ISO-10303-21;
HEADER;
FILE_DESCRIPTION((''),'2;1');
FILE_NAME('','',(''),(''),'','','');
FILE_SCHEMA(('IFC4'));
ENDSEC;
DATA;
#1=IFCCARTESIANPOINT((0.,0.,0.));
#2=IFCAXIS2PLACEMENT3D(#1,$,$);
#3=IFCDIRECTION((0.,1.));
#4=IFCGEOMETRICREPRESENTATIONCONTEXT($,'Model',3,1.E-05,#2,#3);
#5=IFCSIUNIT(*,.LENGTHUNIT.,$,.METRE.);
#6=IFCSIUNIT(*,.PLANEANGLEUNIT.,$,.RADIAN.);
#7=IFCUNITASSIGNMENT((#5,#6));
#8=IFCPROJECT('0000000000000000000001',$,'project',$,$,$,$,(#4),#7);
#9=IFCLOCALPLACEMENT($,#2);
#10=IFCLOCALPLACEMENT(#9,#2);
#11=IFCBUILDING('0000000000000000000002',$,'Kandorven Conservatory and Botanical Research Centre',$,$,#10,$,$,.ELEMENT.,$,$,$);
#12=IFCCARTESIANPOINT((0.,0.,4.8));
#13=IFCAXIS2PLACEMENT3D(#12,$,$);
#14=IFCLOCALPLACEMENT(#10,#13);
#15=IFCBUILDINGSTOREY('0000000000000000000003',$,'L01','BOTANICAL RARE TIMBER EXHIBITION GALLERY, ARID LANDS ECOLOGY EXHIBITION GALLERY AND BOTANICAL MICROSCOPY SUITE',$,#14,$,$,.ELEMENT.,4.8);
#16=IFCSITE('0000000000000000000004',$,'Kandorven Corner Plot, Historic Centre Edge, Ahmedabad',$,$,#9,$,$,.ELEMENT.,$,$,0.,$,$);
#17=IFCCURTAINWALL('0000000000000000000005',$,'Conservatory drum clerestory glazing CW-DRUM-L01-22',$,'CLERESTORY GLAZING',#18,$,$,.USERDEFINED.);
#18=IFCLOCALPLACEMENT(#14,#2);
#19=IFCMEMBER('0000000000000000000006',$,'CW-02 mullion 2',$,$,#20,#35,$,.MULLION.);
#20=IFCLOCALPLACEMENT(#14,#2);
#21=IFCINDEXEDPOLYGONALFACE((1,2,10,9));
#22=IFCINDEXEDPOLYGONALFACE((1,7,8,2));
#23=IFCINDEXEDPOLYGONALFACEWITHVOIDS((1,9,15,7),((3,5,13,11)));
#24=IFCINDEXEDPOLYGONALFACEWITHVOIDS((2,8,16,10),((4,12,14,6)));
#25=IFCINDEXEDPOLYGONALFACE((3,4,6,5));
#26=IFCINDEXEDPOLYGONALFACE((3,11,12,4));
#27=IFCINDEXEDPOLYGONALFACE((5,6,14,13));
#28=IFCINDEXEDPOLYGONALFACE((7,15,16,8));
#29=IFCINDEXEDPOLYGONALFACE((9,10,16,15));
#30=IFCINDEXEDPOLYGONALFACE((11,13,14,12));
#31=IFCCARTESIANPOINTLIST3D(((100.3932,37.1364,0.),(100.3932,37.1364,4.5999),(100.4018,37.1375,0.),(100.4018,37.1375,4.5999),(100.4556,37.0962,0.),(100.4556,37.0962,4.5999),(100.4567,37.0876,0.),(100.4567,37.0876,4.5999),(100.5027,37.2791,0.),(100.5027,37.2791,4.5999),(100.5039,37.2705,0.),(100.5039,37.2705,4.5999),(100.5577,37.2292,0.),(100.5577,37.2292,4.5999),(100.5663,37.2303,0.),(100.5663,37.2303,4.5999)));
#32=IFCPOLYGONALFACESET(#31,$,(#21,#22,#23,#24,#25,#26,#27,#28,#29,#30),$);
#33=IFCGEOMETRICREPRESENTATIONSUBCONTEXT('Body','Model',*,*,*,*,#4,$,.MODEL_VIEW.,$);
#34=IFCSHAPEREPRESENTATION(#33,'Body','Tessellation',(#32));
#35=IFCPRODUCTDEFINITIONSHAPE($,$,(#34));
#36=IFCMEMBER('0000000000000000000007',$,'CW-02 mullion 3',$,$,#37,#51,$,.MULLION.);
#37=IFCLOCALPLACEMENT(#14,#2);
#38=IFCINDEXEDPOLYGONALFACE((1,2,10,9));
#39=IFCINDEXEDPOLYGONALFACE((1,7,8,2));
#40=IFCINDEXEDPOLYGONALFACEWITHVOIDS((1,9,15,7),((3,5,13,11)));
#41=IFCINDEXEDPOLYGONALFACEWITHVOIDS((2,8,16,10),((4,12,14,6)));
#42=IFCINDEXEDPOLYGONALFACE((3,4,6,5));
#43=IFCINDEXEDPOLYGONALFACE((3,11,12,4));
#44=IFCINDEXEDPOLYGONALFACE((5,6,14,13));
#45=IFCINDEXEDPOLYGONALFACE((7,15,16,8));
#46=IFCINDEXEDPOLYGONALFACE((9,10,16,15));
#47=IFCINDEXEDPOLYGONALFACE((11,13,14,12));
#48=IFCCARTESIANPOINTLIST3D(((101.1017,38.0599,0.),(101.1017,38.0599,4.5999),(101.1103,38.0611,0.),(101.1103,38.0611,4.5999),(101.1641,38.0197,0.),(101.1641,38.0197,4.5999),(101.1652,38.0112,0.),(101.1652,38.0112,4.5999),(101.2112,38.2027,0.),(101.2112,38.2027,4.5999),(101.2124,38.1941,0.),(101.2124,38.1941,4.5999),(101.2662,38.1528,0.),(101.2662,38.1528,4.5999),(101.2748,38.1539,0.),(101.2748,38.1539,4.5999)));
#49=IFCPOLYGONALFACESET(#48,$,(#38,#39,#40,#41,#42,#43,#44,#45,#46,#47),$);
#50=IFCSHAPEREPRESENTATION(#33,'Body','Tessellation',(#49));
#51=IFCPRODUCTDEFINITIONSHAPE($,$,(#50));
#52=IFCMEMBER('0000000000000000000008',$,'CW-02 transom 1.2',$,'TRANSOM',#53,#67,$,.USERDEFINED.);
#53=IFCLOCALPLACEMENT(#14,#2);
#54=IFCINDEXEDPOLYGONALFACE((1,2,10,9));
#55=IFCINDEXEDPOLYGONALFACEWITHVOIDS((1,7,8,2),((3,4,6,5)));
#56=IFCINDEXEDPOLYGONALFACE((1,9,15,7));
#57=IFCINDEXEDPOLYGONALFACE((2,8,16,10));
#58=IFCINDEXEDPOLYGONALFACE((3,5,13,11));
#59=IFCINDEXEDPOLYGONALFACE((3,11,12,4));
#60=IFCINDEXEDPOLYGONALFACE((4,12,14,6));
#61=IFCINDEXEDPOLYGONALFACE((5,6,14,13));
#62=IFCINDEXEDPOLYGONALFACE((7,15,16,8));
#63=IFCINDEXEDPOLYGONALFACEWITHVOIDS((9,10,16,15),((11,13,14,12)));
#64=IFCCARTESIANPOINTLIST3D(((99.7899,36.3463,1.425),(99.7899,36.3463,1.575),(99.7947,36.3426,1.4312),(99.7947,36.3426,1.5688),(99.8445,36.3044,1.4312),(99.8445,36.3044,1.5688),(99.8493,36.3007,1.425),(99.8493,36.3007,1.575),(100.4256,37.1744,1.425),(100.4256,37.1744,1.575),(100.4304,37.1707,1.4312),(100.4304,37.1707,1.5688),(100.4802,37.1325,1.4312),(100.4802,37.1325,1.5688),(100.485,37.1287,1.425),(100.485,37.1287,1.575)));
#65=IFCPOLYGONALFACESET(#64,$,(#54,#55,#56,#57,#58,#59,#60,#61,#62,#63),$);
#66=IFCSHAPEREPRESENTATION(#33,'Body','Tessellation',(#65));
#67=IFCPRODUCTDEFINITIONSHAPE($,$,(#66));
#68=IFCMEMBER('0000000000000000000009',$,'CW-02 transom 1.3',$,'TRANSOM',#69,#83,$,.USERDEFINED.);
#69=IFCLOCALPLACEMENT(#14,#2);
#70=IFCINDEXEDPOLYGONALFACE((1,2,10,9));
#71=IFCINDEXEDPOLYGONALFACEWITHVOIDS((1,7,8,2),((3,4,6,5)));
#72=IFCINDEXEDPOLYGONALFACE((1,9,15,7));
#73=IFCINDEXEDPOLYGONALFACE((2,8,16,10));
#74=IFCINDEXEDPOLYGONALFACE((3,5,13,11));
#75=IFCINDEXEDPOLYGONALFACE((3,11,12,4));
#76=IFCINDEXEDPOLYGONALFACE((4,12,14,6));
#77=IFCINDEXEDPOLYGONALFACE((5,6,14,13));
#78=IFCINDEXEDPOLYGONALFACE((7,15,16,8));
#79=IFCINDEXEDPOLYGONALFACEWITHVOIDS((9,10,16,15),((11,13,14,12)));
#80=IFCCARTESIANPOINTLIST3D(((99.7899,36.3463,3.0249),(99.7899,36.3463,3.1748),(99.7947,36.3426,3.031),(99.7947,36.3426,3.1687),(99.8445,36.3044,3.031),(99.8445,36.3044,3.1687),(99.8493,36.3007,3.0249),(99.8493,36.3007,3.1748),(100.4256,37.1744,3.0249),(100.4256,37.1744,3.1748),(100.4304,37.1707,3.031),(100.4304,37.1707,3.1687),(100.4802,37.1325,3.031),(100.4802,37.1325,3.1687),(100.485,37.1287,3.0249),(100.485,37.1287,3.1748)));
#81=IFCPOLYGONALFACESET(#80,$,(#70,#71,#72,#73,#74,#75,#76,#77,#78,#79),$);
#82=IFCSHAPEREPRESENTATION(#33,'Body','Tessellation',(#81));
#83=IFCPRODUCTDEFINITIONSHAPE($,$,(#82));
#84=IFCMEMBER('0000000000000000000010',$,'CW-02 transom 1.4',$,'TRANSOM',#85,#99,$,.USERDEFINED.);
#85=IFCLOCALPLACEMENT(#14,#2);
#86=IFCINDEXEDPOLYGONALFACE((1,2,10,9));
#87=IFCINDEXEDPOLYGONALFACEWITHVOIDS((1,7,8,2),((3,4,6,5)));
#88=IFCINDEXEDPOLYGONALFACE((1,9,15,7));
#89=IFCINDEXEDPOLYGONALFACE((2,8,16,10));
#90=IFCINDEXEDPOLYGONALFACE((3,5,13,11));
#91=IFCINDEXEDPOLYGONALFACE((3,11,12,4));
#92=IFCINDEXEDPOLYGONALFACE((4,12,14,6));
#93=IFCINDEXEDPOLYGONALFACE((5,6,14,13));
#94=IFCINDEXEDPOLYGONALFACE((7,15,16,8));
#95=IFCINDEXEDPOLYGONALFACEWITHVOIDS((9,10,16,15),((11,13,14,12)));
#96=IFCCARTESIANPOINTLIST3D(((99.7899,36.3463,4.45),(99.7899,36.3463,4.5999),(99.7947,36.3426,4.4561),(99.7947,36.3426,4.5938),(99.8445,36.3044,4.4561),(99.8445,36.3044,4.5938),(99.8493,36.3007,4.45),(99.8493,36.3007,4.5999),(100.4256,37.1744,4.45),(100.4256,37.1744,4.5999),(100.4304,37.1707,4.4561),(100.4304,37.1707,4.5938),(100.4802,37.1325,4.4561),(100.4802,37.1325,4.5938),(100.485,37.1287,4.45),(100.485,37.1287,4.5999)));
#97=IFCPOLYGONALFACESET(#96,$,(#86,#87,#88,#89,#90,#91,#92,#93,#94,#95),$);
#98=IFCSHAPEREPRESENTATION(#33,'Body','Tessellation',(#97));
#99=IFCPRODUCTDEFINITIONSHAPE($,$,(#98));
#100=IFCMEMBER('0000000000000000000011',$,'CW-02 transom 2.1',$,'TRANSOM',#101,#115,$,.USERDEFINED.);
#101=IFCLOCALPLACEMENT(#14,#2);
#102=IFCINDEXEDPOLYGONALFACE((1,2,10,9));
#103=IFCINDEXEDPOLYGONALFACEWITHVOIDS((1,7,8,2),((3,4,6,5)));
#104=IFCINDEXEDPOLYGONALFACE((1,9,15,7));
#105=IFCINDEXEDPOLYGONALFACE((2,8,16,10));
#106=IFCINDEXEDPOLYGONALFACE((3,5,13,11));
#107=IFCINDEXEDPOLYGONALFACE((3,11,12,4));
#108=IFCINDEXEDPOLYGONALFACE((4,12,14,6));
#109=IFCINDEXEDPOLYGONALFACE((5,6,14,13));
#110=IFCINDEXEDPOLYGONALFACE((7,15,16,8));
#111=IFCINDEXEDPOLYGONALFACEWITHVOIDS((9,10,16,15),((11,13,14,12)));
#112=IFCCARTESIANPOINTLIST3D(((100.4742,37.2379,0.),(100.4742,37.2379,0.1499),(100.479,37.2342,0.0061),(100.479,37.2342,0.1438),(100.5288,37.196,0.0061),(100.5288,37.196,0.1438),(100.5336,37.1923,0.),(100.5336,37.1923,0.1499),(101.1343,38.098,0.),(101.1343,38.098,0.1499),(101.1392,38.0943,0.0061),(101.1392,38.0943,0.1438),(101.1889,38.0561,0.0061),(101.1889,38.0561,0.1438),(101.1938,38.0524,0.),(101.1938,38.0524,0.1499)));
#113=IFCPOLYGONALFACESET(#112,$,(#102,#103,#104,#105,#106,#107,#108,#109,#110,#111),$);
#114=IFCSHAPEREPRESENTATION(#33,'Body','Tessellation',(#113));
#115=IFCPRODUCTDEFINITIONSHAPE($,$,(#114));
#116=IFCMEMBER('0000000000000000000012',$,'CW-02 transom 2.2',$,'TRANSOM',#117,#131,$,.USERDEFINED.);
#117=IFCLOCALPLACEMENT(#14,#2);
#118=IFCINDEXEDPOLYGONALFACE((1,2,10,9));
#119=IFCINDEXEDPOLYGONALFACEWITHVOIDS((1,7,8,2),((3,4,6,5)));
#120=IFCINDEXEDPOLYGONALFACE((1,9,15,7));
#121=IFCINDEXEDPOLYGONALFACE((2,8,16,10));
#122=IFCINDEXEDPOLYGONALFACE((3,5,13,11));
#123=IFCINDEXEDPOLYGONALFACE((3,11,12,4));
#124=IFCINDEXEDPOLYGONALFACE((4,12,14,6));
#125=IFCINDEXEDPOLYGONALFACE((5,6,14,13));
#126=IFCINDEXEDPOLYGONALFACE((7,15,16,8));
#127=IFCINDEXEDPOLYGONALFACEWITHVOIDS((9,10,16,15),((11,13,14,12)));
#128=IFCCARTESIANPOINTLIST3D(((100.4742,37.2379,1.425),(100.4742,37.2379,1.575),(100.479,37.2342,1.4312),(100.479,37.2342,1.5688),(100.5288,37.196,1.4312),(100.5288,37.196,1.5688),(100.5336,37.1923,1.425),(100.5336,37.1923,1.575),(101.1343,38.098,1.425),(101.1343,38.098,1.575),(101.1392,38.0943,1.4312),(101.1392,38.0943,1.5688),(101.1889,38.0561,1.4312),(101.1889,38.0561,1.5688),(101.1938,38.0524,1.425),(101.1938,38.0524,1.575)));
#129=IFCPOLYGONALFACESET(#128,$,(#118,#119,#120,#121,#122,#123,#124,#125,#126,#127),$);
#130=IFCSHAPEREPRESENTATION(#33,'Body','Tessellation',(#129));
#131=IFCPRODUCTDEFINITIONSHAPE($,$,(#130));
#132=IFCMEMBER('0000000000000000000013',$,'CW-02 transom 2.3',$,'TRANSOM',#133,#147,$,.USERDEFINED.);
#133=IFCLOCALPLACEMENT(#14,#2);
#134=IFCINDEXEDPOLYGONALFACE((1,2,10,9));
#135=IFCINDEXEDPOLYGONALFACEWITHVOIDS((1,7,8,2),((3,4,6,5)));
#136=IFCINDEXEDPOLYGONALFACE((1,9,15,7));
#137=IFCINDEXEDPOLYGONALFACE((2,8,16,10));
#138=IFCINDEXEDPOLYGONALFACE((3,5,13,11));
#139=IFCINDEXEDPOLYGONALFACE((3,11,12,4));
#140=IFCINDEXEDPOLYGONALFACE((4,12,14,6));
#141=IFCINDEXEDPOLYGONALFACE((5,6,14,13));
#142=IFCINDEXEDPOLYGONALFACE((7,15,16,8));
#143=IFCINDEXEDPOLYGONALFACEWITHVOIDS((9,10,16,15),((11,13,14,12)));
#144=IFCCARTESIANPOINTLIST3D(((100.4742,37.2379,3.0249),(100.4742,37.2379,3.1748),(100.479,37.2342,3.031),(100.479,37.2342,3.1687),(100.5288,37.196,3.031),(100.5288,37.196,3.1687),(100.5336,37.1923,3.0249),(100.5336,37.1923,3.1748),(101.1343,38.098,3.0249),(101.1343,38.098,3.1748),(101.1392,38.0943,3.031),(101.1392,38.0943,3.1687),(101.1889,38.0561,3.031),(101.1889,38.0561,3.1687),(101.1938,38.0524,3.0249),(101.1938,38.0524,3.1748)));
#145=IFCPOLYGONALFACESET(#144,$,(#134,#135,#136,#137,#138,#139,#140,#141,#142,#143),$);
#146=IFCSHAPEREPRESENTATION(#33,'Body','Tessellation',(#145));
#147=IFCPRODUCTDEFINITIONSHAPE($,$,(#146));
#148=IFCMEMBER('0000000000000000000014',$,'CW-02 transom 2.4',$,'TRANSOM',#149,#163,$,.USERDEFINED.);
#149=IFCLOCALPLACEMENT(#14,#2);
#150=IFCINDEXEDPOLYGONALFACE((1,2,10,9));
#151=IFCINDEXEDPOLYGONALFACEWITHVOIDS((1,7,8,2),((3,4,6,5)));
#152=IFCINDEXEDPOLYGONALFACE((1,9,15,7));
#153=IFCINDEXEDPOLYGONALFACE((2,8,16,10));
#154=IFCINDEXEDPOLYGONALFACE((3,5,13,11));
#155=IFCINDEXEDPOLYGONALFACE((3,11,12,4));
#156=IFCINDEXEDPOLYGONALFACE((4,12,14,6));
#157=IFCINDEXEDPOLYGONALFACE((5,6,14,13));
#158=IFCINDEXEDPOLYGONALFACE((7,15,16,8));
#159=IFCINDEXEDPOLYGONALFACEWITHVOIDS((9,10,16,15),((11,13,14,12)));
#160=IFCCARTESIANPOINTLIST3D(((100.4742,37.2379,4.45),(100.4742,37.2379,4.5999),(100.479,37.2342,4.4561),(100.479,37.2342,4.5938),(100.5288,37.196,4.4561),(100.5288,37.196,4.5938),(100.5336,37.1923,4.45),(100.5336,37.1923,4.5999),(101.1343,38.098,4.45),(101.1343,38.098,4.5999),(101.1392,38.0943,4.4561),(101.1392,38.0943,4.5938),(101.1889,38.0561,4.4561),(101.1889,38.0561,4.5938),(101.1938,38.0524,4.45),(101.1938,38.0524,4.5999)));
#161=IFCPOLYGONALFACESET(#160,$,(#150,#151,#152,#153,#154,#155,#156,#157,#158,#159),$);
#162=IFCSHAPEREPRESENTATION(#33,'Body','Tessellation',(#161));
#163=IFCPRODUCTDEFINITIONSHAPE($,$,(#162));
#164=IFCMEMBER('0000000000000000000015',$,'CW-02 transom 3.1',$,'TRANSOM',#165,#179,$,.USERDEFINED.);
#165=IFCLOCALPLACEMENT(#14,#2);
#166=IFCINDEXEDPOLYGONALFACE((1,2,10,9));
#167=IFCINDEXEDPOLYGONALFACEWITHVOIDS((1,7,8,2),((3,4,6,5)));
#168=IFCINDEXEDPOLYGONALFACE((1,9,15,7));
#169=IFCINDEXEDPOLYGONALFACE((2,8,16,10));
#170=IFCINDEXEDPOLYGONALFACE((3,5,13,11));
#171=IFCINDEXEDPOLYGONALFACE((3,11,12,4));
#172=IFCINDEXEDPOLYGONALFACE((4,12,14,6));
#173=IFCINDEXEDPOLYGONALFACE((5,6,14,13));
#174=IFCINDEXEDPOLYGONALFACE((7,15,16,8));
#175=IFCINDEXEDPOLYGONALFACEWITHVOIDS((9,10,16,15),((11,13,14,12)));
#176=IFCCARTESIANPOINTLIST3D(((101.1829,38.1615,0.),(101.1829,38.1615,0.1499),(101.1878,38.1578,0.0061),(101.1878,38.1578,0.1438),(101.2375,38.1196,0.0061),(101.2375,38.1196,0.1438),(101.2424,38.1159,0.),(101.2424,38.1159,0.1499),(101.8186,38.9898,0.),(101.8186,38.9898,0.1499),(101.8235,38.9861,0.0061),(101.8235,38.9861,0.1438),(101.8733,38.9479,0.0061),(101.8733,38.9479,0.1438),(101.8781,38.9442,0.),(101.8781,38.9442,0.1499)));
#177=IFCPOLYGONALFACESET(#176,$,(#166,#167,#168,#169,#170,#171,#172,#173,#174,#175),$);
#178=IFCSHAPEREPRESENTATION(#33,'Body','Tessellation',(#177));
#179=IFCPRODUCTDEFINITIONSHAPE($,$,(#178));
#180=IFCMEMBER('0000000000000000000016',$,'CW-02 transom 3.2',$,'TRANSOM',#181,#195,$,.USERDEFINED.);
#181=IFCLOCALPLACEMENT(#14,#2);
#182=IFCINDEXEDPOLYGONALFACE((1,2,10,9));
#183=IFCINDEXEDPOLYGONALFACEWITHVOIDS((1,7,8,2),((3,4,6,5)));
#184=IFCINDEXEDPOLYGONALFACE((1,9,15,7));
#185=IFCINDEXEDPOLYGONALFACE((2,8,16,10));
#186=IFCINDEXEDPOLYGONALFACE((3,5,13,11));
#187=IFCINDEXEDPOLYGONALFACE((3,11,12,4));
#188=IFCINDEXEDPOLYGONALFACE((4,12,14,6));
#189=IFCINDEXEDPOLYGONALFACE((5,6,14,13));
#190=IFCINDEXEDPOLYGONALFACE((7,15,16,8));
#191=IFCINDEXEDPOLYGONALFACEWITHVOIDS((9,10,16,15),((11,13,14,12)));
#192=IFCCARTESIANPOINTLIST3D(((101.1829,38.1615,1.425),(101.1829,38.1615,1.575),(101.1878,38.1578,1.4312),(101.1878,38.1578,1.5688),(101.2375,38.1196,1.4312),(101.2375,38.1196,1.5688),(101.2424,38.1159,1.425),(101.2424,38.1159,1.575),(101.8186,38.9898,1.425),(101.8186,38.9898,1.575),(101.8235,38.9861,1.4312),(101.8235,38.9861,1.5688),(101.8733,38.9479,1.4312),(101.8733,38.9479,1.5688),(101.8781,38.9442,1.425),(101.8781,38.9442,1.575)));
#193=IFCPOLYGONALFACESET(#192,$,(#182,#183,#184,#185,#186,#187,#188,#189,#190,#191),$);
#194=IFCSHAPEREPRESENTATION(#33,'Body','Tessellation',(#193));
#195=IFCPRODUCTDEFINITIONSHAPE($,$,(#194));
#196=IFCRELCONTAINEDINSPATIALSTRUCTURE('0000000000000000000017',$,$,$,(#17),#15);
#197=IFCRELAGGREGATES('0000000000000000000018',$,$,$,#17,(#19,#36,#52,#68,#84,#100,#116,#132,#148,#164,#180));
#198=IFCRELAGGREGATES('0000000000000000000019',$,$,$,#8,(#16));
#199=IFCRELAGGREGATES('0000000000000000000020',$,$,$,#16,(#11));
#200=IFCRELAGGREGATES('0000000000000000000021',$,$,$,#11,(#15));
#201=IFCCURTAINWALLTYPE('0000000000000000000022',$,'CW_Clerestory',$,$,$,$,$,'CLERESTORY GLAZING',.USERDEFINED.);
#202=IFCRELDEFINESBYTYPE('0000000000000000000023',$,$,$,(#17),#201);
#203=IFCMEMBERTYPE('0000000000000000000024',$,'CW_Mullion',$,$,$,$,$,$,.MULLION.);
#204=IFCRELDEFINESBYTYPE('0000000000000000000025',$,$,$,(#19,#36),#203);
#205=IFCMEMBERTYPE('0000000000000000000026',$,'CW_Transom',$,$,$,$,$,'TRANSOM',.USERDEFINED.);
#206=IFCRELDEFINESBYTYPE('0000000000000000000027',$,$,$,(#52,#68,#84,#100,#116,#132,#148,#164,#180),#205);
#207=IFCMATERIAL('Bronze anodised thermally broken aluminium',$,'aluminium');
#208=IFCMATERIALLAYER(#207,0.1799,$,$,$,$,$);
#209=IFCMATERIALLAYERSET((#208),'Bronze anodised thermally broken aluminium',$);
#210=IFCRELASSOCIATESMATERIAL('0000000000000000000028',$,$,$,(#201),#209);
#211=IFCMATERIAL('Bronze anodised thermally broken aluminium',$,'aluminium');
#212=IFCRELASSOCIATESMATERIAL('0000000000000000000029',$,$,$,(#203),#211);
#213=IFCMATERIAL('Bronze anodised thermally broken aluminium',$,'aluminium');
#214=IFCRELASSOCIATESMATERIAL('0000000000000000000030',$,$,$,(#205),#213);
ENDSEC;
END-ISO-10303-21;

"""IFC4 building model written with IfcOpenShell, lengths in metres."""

from ifc_helpers import new_model, si_unit, direction, frame, origin, origin_2d, place, context, subcontext, project, spatial, hollow_rectangle, extrude, material, layer, layer_set, material_profile, profile_set, type_object, element, aggregate, save


model = new_model("IFC4")

# Units and contexts
model_context = context("Model", 3, precision=1e-05, world=origin(), true_north=direction((0.0, 1.0)))
body_context = subcontext(model_context, "Body", "Model", "MODEL_VIEW")
ifc_project = project(units=[si_unit("LENGTHUNIT", "METRE"), si_unit("PLANEANGLEUNIT", "RADIAN")], contexts=[model_context])

# Site, building, storey
site_placement = place(None, origin())
site = spatial("IfcSite", under=ifc_project, at=site_placement, Name="Kandorven Corner Plot, Historic Centre Edge, Ahmedabad", CompositionType="ELEMENT", RefElevation=0.0)
building_placement = place(site_placement, origin())
building = spatial("IfcBuilding", under=site, at=building_placement, Name="Kandorven Conservatory and Botanical Research Centre", CompositionType="ELEMENT")
storey_placement = place(building_placement, frame((0.0, 0.0, 4.8)))
storey = spatial("IfcBuildingStorey", under=building, at=storey_placement, Name="L01", Description="BOTANICAL RARE TIMBER EXHIBITION GALLERY, ARID LANDS ECOLOGY EXHIBITION GALLERY AND BOTANICAL MICROSCOPY SUITE", CompositionType="ELEMENT", Elevation=4.8)

# Curtain wall, members
ifc_material_1 = material(Name="Bronze anodised thermally broken aluminium", Category="aluminium")
ifc_layer_1 = layer(ifc_material_1, 0.1799)
ifc_layer_set_1 = layer_set([ifc_layer_1], Name="Bronze anodised thermally broken aluminium")
curtain_wall_type = type_object("IfcCurtainWallType", Name="CW_Clerestory", ElementType="CLERESTORY GLAZING", PredefinedType="USERDEFINED", material=ifc_layer_set_1)
curtain_wall_placement = place(storey_placement, origin())
curtain_wall = element("IfcCurtainWall", 1, at=curtain_wall_placement, inside=storey, type_object=curtain_wall_type, Name="Conservatory drum clerestory glazing CW-DRUM-L01-22", ObjectType="CLERESTORY GLAZING", PredefinedType="USERDEFINED")
ifc_material_2 = material(Name="Bronze anodised thermally broken aluminium", Category="aluminium")
ifc_material_profile_1 = material_profile(ifc_material_2, hollow_rectangle(XDim=0.0801, YDim=0.1799, WallThickness=0.0061, at=origin_2d()))
ifc_profile_set_1 = profile_set([ifc_material_profile_1], Name="Bronze anodised thermally broken aluminium")
member_type_1 = type_object("IfcMemberType", Name="CW_Mullion", PredefinedType="MULLION", material=ifc_profile_set_1)
member_1_placement = place(storey_placement, frame((100.4797, 37.1833, 0.0), z_axis=(0.0, 0.0, 1.0), x_axis=(-0.793347, 0.608769, 0.0)))
member_1 = element("IfcMember", 2, at=member_1_placement, type_object=member_type_1, Name="CW-02 mullion 2", PredefinedType="MULLION", context=body_context, shape_type="SweptSolid", body=[
    extrude(hollow_rectangle(XDim=0.0801, YDim=0.1799, WallThickness=0.0061, at=origin_2d()), origin(), (0.0, 0.0, 1.0), 4.5999),
])
member_2_placement = place(storey_placement, frame((101.1882, 38.1069, 0.0), z_axis=(0.0, 0.0, 1.0), x_axis=(-0.793347, 0.608769, 0.0)))
member_2 = element("IfcMember", 3, at=member_2_placement, type_object=member_type_1, Name="CW-02 mullion 3", PredefinedType="MULLION", context=body_context, shape_type="SweptSolid", body=[
    extrude(hollow_rectangle(XDim=0.0801, YDim=0.1799, WallThickness=0.0061, at=origin_2d()), origin(), (0.0, 0.0, 1.0), 4.5999),
])
ifc_material_3 = material(Name="Bronze anodised thermally broken aluminium", Category="aluminium")
ifc_material_profile_2 = material_profile(ifc_material_3, hollow_rectangle(XDim=0.075, YDim=0.1499, WallThickness=0.0061, at=origin_2d()))
ifc_profile_set_2 = profile_set([ifc_material_profile_2], Name="Bronze anodised thermally broken aluminium")
member_type_2 = type_object("IfcMemberType", Name="CW_Transom", ElementType="TRANSOM", PredefinedType="USERDEFINED", material=ifc_profile_set_2)
member_3_placement = place(storey_placement, frame((99.8196, 36.3235, 1.5), z_axis=(0.608942, 0.793215, 0.0), x_axis=(-0.793215, 0.608942, 0.0)))
member_3 = element("IfcMember", 4, at=member_3_placement, type_object=member_type_2, Name="CW-02 transom 1.2", ObjectType="TRANSOM", PredefinedType="USERDEFINED", context=body_context, shape_type="SweptSolid", body=[
    extrude(hollow_rectangle(XDim=0.075, YDim=0.1499, WallThickness=0.0061, at=origin_2d()), origin(), (0.0, 0.0, 1.0), 1.0439),
])
member_4_placement = place(storey_placement, frame((99.8196, 36.3235, 3.0999), z_axis=(0.608942, 0.793215, 0.0), x_axis=(-0.793215, 0.608942, 0.0)))
member_4 = element("IfcMember", 5, at=member_4_placement, type_object=member_type_2, Name="CW-02 transom 1.3", ObjectType="TRANSOM", PredefinedType="USERDEFINED", context=body_context, shape_type="SweptSolid", body=[
    extrude(hollow_rectangle(XDim=0.075, YDim=0.1499, WallThickness=0.0061, at=origin_2d()), origin(), (0.0, 0.0, 1.0), 1.0439),
])
member_5_placement = place(storey_placement, frame((99.8196, 36.3235, 4.5249), z_axis=(0.608942, 0.793215, 0.0), x_axis=(-0.793215, 0.608942, 0.0)))
member_5 = element("IfcMember", 6, at=member_5_placement, type_object=member_type_2, Name="CW-02 transom 1.4", ObjectType="TRANSOM", PredefinedType="USERDEFINED", context=body_context, shape_type="SweptSolid", body=[
    extrude(hollow_rectangle(XDim=0.075, YDim=0.1499, WallThickness=0.0061, at=origin_2d()), origin(), (0.0, 0.0, 1.0), 1.0439),
])
member_6_placement = place(storey_placement, frame((100.5039, 37.2151, 0.075), z_axis=(0.608862, 0.793276, 0.0), x_axis=(-0.793276, 0.608862, 0.0)))
member_6 = element("IfcMember", 7, at=member_6_placement, type_object=member_type_2, Name="CW-02 transom 2.1", ObjectType="TRANSOM", PredefinedType="USERDEFINED", context=body_context, shape_type="SweptSolid", body=[
    extrude(hollow_rectangle(XDim=0.075, YDim=0.1499, WallThickness=0.0061, at=origin_2d()), origin(), (0.0, 0.0, 1.0), 1.0842),
])
member_7_placement = place(storey_placement, frame((100.5039, 37.2151, 1.5), z_axis=(0.608862, 0.793276, 0.0), x_axis=(-0.793276, 0.608862, 0.0)))
member_7 = element("IfcMember", 8, at=member_7_placement, type_object=member_type_2, Name="CW-02 transom 2.2", ObjectType="TRANSOM", PredefinedType="USERDEFINED", context=body_context, shape_type="SweptSolid", body=[
    extrude(hollow_rectangle(XDim=0.075, YDim=0.1499, WallThickness=0.0061, at=origin_2d()), origin(), (0.0, 0.0, 1.0), 1.0842),
])
member_8_placement = place(storey_placement, frame((100.5039, 37.2151, 3.0999), z_axis=(0.608862, 0.793276, 0.0), x_axis=(-0.793276, 0.608862, 0.0)))
member_8 = element("IfcMember", 9, at=member_8_placement, type_object=member_type_2, Name="CW-02 transom 2.3", ObjectType="TRANSOM", PredefinedType="USERDEFINED", context=body_context, shape_type="SweptSolid", body=[
    extrude(hollow_rectangle(XDim=0.075, YDim=0.1499, WallThickness=0.0061, at=origin_2d()), origin(), (0.0, 0.0, 1.0), 1.0842),
])
member_9_placement = place(storey_placement, frame((100.5039, 37.2151, 4.5249), z_axis=(0.608862, 0.793276, 0.0), x_axis=(-0.793276, 0.608862, 0.0)))
member_9 = element("IfcMember", 10, at=member_9_placement, type_object=member_type_2, Name="CW-02 transom 2.4", ObjectType="TRANSOM", PredefinedType="USERDEFINED", context=body_context, shape_type="SweptSolid", body=[
    extrude(hollow_rectangle(XDim=0.075, YDim=0.1499, WallThickness=0.0061, at=origin_2d()), origin(), (0.0, 0.0, 1.0), 1.0842),
])
member_10_placement = place(storey_placement, frame((101.2126, 38.1387, 0.075), z_axis=(0.608829, 0.793301, 0.0), x_axis=(-0.793301, 0.608829, 0.0)))
member_10 = element("IfcMember", 11, at=member_10_placement, type_object=member_type_2, Name="CW-02 transom 3.1", ObjectType="TRANSOM", PredefinedType="USERDEFINED", context=body_context, shape_type="SweptSolid", body=[
    extrude(hollow_rectangle(XDim=0.075, YDim=0.1499, WallThickness=0.0061, at=origin_2d()), origin(), (0.0, 0.0, 1.0), 1.0442),
])
member_11_placement = place(storey_placement, frame((101.2126, 38.1387, 1.5), z_axis=(0.608829, 0.793301, 0.0), x_axis=(-0.793301, 0.608829, 0.0)))
member_11 = element("IfcMember", 12, at=member_11_placement, type_object=member_type_2, Name="CW-02 transom 3.2", ObjectType="TRANSOM", PredefinedType="USERDEFINED", context=body_context, shape_type="SweptSolid", body=[
    extrude(hollow_rectangle(XDim=0.075, YDim=0.1499, WallThickness=0.0061, at=origin_2d()), origin(), (0.0, 0.0, 1.0), 1.0442),
])
aggregate(curtain_wall, [member_1, member_2, member_3, member_4, member_5, member_6, member_7, member_8, member_9, member_10, member_11])

save(model, "model.ifc")
